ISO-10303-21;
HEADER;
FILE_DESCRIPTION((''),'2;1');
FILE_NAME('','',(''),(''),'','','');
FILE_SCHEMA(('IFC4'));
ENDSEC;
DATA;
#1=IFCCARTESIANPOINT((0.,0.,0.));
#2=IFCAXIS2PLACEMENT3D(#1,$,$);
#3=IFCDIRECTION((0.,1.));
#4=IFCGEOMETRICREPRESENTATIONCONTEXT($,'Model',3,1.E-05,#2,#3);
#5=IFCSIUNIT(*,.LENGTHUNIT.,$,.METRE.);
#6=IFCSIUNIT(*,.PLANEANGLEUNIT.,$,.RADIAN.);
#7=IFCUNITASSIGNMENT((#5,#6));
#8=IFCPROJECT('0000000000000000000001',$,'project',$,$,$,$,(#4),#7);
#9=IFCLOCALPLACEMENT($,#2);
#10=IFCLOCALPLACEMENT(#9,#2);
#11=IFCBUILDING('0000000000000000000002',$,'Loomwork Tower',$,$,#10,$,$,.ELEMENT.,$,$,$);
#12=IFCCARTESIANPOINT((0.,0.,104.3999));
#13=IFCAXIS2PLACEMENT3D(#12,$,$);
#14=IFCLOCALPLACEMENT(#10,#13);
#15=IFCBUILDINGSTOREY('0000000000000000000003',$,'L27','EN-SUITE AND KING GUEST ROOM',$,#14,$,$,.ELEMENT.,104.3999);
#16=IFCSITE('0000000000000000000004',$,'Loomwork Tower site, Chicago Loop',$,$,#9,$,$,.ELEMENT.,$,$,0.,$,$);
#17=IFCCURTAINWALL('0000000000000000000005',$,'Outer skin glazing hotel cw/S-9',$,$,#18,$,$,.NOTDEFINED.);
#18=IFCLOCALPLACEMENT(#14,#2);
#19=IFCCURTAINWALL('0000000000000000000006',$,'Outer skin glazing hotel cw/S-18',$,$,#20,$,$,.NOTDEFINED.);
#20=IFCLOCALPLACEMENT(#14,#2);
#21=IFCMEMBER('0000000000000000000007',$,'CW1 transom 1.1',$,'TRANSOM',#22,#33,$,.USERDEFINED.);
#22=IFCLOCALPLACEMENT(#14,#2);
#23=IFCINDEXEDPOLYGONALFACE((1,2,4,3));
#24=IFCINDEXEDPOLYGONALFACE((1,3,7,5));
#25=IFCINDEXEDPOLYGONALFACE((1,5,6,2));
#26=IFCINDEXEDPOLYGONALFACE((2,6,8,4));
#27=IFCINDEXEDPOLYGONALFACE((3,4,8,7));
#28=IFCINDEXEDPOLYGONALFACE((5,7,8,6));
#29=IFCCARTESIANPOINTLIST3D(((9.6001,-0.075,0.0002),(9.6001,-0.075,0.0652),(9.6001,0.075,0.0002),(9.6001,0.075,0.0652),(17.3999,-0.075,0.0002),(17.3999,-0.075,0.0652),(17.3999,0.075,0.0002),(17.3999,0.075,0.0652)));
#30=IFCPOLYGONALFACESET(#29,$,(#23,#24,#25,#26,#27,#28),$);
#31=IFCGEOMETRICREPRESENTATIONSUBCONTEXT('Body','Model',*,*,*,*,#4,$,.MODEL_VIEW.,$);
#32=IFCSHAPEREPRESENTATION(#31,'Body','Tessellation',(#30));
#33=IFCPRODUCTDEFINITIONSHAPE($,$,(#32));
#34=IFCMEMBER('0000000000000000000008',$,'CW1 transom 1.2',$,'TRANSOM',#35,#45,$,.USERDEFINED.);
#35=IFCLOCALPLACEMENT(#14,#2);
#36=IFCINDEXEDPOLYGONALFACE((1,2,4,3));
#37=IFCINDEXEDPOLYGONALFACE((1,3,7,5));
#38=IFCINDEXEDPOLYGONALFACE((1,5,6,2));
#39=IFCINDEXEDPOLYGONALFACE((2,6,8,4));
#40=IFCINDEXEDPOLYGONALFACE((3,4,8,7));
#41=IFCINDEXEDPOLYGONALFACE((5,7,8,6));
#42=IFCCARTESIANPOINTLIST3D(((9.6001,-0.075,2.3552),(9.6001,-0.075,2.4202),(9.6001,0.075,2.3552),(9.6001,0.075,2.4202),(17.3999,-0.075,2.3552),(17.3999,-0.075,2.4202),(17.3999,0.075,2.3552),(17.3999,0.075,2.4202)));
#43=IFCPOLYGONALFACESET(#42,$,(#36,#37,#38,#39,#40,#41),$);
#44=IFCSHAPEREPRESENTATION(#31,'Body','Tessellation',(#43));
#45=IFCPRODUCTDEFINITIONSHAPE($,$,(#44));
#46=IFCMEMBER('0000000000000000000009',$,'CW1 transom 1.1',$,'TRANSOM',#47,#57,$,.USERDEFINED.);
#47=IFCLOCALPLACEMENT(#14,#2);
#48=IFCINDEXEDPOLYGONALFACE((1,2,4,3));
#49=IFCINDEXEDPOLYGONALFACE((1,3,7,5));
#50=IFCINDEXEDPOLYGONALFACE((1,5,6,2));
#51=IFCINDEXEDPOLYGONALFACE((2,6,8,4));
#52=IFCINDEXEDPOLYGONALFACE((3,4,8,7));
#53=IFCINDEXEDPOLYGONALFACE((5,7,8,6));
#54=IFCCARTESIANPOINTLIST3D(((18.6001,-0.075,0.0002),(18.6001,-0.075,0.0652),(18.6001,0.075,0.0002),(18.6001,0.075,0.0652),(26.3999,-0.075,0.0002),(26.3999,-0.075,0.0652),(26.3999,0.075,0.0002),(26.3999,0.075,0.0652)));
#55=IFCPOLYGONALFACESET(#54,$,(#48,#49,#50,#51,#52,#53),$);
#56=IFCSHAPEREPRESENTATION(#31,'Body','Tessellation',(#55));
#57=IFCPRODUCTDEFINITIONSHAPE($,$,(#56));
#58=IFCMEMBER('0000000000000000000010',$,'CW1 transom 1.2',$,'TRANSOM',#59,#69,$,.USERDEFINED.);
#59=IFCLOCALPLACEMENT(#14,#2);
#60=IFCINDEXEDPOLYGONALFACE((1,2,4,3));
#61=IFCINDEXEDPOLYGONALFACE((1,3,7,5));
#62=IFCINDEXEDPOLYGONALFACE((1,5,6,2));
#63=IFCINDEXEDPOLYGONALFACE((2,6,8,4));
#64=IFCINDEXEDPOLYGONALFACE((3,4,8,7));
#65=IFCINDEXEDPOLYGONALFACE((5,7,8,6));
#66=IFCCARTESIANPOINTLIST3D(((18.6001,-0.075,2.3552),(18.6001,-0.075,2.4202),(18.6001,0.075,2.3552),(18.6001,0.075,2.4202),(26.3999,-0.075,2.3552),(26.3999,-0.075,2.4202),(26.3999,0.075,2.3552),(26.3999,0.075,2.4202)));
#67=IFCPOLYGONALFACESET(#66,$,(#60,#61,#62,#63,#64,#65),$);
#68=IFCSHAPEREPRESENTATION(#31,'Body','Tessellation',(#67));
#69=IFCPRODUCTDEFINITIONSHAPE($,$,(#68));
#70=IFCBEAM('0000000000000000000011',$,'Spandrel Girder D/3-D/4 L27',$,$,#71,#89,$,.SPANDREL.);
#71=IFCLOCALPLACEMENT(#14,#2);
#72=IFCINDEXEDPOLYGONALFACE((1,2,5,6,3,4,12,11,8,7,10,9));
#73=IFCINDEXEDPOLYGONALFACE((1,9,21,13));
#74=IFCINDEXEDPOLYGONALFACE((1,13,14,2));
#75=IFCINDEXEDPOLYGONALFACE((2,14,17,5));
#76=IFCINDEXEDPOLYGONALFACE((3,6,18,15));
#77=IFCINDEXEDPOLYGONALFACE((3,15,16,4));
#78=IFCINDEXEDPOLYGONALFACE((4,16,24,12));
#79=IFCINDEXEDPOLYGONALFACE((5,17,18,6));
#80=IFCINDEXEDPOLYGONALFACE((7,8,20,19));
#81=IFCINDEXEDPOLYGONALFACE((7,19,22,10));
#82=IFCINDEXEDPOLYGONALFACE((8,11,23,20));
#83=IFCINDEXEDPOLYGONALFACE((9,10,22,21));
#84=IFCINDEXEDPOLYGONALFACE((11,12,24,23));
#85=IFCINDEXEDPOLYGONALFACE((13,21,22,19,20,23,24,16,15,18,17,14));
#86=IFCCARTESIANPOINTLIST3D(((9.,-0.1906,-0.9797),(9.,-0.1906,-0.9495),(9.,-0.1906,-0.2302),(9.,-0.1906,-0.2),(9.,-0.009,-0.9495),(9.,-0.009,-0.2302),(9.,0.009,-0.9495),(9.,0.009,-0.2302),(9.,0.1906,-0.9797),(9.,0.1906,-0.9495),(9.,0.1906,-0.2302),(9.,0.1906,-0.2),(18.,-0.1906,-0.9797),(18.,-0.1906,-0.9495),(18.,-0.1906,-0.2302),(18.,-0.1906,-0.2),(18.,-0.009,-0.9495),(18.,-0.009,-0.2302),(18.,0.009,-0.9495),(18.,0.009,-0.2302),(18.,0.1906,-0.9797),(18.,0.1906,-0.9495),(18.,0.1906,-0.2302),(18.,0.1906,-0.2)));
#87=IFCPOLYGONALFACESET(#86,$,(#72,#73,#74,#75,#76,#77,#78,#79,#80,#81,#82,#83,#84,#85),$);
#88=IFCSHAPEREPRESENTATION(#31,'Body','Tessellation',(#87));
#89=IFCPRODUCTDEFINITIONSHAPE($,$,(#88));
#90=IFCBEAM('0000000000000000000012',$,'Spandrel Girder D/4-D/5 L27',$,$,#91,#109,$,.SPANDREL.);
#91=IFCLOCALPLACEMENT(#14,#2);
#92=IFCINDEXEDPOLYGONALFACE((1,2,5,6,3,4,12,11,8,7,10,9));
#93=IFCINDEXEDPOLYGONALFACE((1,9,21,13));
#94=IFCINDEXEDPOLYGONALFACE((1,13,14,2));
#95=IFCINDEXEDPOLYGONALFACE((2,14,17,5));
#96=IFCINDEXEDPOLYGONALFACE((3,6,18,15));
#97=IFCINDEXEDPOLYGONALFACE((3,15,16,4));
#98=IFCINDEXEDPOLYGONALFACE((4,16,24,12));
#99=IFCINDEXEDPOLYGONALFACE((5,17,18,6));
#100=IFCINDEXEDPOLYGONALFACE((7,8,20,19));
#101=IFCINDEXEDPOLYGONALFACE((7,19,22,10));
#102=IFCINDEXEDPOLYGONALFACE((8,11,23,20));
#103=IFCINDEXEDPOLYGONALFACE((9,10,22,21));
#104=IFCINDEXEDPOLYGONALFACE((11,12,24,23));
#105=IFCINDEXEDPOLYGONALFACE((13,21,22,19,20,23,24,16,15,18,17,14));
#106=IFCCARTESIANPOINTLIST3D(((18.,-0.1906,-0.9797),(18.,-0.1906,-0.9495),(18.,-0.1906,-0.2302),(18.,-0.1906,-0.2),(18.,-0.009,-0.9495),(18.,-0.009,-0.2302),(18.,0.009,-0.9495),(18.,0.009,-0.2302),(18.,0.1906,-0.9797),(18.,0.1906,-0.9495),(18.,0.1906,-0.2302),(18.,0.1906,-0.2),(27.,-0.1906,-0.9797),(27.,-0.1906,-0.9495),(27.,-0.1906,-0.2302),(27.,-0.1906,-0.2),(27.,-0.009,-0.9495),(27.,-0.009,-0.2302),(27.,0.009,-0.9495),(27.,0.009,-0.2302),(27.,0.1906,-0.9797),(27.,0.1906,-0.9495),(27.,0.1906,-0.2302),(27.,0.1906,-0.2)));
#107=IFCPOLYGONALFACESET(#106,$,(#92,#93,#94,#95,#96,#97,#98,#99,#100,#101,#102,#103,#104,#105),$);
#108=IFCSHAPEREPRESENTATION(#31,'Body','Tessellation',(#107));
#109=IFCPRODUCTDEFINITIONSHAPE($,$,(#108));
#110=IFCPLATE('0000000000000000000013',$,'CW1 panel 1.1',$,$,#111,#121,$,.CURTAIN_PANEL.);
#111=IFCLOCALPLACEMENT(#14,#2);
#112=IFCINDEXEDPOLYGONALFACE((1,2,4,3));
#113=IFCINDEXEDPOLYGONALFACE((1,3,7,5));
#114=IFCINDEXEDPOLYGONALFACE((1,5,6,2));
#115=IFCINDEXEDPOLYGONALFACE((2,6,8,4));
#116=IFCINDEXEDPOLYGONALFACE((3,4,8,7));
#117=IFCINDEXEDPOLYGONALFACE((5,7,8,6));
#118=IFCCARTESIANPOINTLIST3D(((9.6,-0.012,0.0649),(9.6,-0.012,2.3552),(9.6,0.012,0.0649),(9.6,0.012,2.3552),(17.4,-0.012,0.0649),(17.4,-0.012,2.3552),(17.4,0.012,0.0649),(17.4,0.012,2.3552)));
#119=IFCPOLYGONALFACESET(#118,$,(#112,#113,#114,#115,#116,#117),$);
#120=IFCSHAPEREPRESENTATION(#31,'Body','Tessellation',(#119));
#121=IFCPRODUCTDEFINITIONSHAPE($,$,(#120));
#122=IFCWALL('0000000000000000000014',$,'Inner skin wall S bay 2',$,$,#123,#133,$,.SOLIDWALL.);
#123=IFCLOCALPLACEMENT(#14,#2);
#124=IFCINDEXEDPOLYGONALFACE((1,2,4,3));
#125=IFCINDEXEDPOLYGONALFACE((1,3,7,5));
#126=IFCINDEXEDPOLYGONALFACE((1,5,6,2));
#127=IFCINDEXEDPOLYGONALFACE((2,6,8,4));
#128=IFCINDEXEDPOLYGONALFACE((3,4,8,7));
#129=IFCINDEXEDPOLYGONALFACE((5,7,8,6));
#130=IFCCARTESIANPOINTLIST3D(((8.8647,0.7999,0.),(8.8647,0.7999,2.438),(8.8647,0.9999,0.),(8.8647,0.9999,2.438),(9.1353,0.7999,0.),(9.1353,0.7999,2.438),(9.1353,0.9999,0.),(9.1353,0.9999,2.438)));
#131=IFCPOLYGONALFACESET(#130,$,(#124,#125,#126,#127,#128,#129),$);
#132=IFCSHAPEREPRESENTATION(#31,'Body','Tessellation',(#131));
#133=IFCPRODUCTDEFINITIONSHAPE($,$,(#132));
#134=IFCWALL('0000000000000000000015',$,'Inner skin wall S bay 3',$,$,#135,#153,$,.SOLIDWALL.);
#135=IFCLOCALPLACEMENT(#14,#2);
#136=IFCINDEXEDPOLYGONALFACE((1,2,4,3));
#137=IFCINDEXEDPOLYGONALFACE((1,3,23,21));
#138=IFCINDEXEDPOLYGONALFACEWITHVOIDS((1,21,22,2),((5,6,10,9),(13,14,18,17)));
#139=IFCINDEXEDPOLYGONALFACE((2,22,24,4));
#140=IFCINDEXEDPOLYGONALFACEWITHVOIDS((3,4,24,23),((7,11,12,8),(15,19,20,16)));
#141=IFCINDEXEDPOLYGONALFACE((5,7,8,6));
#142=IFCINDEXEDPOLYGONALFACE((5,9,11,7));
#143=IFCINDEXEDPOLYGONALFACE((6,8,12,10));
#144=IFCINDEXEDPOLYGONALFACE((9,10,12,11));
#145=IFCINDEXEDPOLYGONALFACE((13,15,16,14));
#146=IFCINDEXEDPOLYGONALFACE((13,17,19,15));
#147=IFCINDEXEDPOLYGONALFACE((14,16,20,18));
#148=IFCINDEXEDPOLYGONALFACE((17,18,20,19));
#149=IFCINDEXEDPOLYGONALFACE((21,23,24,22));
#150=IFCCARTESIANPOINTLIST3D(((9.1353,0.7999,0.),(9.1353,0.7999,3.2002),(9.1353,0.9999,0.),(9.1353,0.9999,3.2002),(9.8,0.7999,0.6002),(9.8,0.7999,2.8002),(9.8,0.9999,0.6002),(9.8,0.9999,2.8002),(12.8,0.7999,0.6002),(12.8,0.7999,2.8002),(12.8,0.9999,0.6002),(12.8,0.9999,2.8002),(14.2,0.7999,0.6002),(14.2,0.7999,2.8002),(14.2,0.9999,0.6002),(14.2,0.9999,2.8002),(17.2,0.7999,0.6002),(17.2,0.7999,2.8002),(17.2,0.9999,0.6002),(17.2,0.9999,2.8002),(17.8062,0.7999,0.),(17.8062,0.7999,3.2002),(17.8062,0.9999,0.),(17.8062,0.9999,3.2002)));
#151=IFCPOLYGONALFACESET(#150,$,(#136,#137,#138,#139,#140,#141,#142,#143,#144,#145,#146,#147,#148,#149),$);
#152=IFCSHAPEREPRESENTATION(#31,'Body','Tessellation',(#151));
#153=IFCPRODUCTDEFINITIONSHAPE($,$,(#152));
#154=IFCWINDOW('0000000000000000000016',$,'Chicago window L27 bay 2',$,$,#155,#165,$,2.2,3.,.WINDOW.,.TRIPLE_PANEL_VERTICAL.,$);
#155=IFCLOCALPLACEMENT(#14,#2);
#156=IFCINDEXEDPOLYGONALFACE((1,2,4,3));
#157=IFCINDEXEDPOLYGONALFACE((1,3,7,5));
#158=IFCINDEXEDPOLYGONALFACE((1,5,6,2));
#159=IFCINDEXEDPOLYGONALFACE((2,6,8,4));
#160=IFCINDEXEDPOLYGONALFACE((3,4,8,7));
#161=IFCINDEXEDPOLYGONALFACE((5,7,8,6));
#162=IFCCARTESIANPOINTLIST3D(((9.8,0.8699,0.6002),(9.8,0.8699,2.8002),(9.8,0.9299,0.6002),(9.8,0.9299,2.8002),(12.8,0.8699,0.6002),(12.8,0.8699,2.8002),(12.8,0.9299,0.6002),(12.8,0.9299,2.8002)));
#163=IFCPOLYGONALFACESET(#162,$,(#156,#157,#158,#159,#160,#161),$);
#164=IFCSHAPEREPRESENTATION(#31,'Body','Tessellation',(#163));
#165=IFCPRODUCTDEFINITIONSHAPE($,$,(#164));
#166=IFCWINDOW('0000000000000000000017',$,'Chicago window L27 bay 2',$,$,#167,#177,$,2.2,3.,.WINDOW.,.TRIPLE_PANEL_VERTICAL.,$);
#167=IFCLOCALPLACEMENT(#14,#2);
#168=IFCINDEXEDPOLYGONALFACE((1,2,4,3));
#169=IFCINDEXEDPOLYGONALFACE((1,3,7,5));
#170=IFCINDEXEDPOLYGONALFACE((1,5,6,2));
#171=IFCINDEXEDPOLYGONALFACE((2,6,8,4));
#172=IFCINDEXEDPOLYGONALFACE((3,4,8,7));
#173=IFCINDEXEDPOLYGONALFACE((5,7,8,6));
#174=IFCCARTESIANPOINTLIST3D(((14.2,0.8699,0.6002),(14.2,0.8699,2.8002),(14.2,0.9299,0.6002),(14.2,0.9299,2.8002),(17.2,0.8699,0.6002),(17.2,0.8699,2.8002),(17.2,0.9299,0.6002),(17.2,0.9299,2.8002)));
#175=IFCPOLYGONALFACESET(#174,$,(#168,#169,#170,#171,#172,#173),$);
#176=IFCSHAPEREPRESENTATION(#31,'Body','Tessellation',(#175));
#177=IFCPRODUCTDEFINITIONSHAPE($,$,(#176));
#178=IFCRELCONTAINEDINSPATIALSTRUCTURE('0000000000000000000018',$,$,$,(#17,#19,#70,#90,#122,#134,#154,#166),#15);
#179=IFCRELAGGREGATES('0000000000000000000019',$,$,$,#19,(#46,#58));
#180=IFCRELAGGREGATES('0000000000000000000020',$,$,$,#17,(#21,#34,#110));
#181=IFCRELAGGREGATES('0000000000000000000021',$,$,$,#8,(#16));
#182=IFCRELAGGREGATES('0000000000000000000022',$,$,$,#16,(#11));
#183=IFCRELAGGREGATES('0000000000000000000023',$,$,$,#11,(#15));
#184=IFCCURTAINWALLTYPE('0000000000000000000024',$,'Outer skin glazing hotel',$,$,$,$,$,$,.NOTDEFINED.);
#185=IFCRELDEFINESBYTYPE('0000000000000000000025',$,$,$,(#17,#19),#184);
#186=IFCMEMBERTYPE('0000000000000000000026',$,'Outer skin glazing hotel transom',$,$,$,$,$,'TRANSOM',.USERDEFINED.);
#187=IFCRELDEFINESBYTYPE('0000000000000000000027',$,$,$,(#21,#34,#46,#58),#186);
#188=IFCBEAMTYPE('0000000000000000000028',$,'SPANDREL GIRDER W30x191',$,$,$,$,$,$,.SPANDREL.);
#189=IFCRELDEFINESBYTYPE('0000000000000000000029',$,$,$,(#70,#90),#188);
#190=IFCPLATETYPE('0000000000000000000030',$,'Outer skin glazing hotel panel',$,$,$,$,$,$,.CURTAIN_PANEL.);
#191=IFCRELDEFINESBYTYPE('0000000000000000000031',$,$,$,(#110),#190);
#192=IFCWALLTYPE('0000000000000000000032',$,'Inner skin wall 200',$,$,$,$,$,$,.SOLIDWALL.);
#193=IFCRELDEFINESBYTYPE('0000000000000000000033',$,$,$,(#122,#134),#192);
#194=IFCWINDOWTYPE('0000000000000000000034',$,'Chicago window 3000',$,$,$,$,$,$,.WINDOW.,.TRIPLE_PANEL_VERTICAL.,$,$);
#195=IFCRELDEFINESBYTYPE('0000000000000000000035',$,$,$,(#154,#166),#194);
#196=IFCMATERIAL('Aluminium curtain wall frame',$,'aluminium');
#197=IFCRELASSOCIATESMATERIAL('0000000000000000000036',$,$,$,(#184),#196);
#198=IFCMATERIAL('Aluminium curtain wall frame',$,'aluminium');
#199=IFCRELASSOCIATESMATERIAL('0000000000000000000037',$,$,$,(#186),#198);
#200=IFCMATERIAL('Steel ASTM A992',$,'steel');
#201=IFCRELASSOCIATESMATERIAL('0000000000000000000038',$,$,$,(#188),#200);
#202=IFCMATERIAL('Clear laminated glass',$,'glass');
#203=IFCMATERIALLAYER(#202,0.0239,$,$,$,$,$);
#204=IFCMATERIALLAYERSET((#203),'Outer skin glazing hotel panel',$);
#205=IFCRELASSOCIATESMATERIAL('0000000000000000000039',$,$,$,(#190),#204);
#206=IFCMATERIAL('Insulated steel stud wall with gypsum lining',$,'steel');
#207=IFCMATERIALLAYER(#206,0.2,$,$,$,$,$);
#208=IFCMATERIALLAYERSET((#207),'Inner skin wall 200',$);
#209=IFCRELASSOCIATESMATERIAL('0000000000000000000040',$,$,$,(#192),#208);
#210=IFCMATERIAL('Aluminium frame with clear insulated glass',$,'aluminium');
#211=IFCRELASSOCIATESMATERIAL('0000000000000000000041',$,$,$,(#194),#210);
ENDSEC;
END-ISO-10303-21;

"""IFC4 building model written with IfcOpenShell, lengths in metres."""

from ifc_helpers import new_model, si_unit, direction, frame, frame_2d, origin, origin_2d, place, context, subcontext, project, spatial, rectangle, i_section, extrude, material, layer, layer_set, material_profile, profile_set, type_object, element, fill, aggregate, save


model = new_model("IFC4")

# Units and contexts
model_context = context("Model", 3, precision=1e-05, world=origin(), true_north=direction((0.0, 1.0)))
body_context = subcontext(model_context, "Body", "Model", "MODEL_VIEW")
ifc_project = project(units=[si_unit("LENGTHUNIT", "METRE"), si_unit("PLANEANGLEUNIT", "RADIAN")], contexts=[model_context])

# Site, building, storey
site_placement = place(None, origin())
site = spatial("IfcSite", under=ifc_project, at=site_placement, Name="Loomwork Tower site, Chicago Loop", CompositionType="ELEMENT", RefElevation=0.0)
building_placement = place(site_placement, origin())
building = spatial("IfcBuilding", under=site, at=building_placement, Name="Loomwork Tower", CompositionType="ELEMENT")
storey_placement = place(building_placement, frame((0.0, 0.0, 104.3999)))
storey = spatial("IfcBuildingStorey", under=building, at=storey_placement, Name="L27", Description="EN-SUITE AND KING GUEST ROOM", CompositionType="ELEMENT", Elevation=104.3999)

# Shared definitions
ifc_material_1 = material(Name="Aluminium curtain wall frame", Category="aluminium")
curtain_wall_type = type_object("IfcCurtainWallType", Name="Outer skin glazing hotel", PredefinedType="NOTDEFINED", material=ifc_material_1)

# Curtain wall
curtain_wall_1_placement = place(storey_placement, origin())
curtain_wall_1 = element("IfcCurtainWall", 1, at=curtain_wall_1_placement, inside=storey, type_object=curtain_wall_type, Name="Outer skin glazing hotel cw/S-9", PredefinedType="NOTDEFINED")

# Curtain wall
curtain_wall_2_placement = place(storey_placement, origin())
curtain_wall_2 = element("IfcCurtainWall", 2, at=curtain_wall_2_placement, inside=storey, type_object=curtain_wall_type, Name="Outer skin glazing hotel cw/S-18", PredefinedType="NOTDEFINED")

# Members
ifc_material_2 = material(Name="Aluminium curtain wall frame", Category="aluminium")
ifc_material_profile_1 = material_profile(ifc_material_2, rectangle(XDim=0.1499, YDim=0.0649, at=origin_2d()), Name="AL 65x150")
ifc_profile_set_1 = profile_set([ifc_material_profile_1], Name="Aluminium curtain wall frame")
member_type_1 = type_object("IfcMemberType", Name="Outer skin glazing hotel transom", ElementType="TRANSOM", PredefinedType="USERDEFINED", material=ifc_profile_set_1)
member_1_placement = place(storey_placement, frame((9.6001, 0.0, 0.0327), z_axis=(1.0, 0.0, 0.0), x_axis=(0.0, 1.0, 0.0)))
member_1 = element("IfcMember", 3, at=member_1_placement, type_object=member_type_1, Name="CW1 transom 1.1", ObjectType="TRANSOM", PredefinedType="USERDEFINED", context=body_context, shape_type="SweptSolid", body=[
    extrude(rectangle(XDim=0.1499, YDim=0.0649, at=origin_2d()), origin(), (0.0, 0.0, 1.0), 7.7998),
])
member_2_placement = place(storey_placement, frame((9.6001, 0.0, 2.3877), z_axis=(1.0, 0.0, 0.0), x_axis=(0.0, 1.0, 0.0)))
member_2 = element("IfcMember", 4, at=member_2_placement, type_object=member_type_1, Name="CW1 transom 1.2", ObjectType="TRANSOM", PredefinedType="USERDEFINED", context=body_context, shape_type="SweptSolid", body=[
    extrude(rectangle(XDim=0.1499, YDim=0.0649, at=origin_2d()), origin(), (0.0, 0.0, 1.0), 7.7998),
])
member_3_placement = place(storey_placement, frame((18.6001, 0.0, 0.0327), z_axis=(1.0, 0.0, 0.0), x_axis=(0.0, 1.0, 0.0)))
member_3 = element("IfcMember", 5, at=member_3_placement, type_object=member_type_1, Name="CW1 transom 1.1", ObjectType="TRANSOM", PredefinedType="USERDEFINED", context=body_context, shape_type="SweptSolid", body=[
    extrude(rectangle(XDim=0.1499, YDim=0.0649, at=origin_2d()), origin(), (0.0, 0.0, 1.0), 7.7998),
])
member_4_placement = place(storey_placement, frame((18.6001, 0.0, 2.3877), z_axis=(1.0, 0.0, 0.0), x_axis=(0.0, 1.0, 0.0)))
member_4 = element("IfcMember", 6, at=member_4_placement, type_object=member_type_1, Name="CW1 transom 1.2", ObjectType="TRANSOM", PredefinedType="USERDEFINED", context=body_context, shape_type="SweptSolid", body=[
    extrude(rectangle(XDim=0.1499, YDim=0.0649, at=origin_2d()), origin(), (0.0, 0.0, 1.0), 7.7998),
])
aggregate(curtain_wall_2, [member_3, member_4])

# Beams
ifc_material_3 = material(Name="Steel ASTM A992", Category="steel")
ifc_material_profile_2 = material_profile(ifc_material_3, i_section(OverallWidth=0.3811, OverallDepth=0.7798, WebThickness=0.0181, FlangeThickness=0.0303, at=origin_2d()), Name="W30x191")
ifc_profile_set_2 = profile_set([ifc_material_profile_2], Name="Steel ASTM A992")
beam_type_1 = type_object("IfcBeamType", Name="SPANDREL GIRDER W30x191", PredefinedType="SPANDREL", material=ifc_profile_set_2)
for number, where, z_axis, x_axis, name in (
    (7, (9.0, 0.0, -0.5898), (1.0, 0.0, 0.0), (0.0, 1.0, 0.0), "Spandrel Girder D/3-D/4 L27"),
    (8, (18.0, 0.0, -0.5898), (1.0, 0.0, 0.0), (0.0, 1.0, 0.0), "Spandrel Girder D/4-D/5 L27"),
):
    element("IfcBeam", number, at=place(storey_placement, frame(where, z_axis=z_axis, x_axis=x_axis)), inside=storey, type_object=beam_type_1, Name=name, PredefinedType="SPANDREL", context=body_context, shape_type="SweptSolid", body=[
        extrude(i_section(OverallWidth=0.3811, OverallDepth=0.7798, WebThickness=0.0181, FlangeThickness=0.0303, at=origin_2d()), origin(), (0.0, 0.0, 1.0), 9.0),
    ])

# Plate
ifc_material_4 = material(Name="Clear laminated glass", Category="glass")
ifc_layer_1 = layer(ifc_material_4, 0.0239)
ifc_layer_set_1 = layer_set([ifc_layer_1], Name="Outer skin glazing hotel panel")
plate_type = type_object("IfcPlateType", Name="Outer skin glazing hotel panel", PredefinedType="CURTAIN_PANEL", material=ifc_layer_set_1)
plate_placement = place(storey_placement, frame((13.5, 0.0, 0.0649), z_axis=(0.0, 0.0, 1.0), x_axis=(1.0, 0.0, 0.0)))
plate = element("IfcPlate", 9, at=plate_placement, type_object=plate_type, Name="CW1 panel 1.1", PredefinedType="CURTAIN_PANEL", context=body_context, shape_type="SweptSolid", body=[
    extrude(rectangle(XDim=7.8, YDim=0.0239, at=origin_2d()), origin(), (0.0, 0.0, 1.0), 2.2903),
])
aggregate(curtain_wall_1, [member_1, member_2, plate])

# Wall
ifc_material_5 = material(Name="Insulated steel stud wall with gypsum lining", Category="steel")
ifc_layer_2 = layer(ifc_material_5, 0.2)
ifc_layer_set_2 = layer_set([ifc_layer_2], Name="Inner skin wall 200")
wall_type = type_object("IfcWallType", Name="Inner skin wall 200", PredefinedType="SOLIDWALL", material=ifc_layer_set_2)
wall_1_placement = place(storey_placement, frame((8.8647, 0.8999, 0.0), z_axis=(0.0, 0.0, 1.0), x_axis=(1.0, 0.0, 0.0)))
element("IfcWall", 10, at=wall_1_placement, inside=storey, type_object=wall_type, Name="Inner skin wall S bay 2", PredefinedType="SOLIDWALL", context=body_context, shape_type="SweptSolid", body=[
    extrude(rectangle(XDim=0.2705, YDim=0.2, at=frame_2d((0.1353, 0.0))), origin(), (0.0, 0.0, 1.0), 2.438),
])

# Wall, openings, windows
wall_2_placement = place(storey_placement, frame((9.1353, 0.8999, 0.0), z_axis=(0.0, 0.0, 1.0), x_axis=(1.0, 0.0, 0.0)))
wall_2 = element("IfcWall", 11, at=wall_2_placement, inside=storey, type_object=wall_type, Name="Inner skin wall S bay 3", PredefinedType="SOLIDWALL", context=body_context, shape_type="SweptSolid", body=[
    extrude(rectangle(XDim=8.6709, YDim=0.2, at=frame_2d((4.3354, 0.0))), origin(), (0.0, 0.0, 1.0), 3.2002),
])
opening_1_placement = place(wall_2_placement, frame((0.6648, 0.0, 0.6001)))
opening_1 = element("IfcOpeningElement", 12, at=opening_1_placement, cuts=wall_2, PredefinedType="OPENING", context=body_context, shape_type="SweptSolid", body=[
    extrude(rectangle(XDim=3.0, YDim=2.2, at=frame_2d((1.5, 1.1001))), frame((0.0, 0.1099, 0.0), z_axis=(0.0, -1.0, 0.0), x_axis=(1.0, 0.0, 0.0)), (0.0, 0.0, 1.0), 0.22),
])
opening_2_placement = place(wall_2_placement, frame((5.0647, 0.0, 0.6001)))
opening_2 = element("IfcOpeningElement", 13, at=opening_2_placement, cuts=wall_2, PredefinedType="OPENING", context=body_context, shape_type="SweptSolid", body=[
    extrude(rectangle(XDim=3.0, YDim=2.2, at=frame_2d((1.5, 1.1001))), frame((0.0, 0.1099, 0.0), z_axis=(0.0, -1.0, 0.0), x_axis=(1.0, 0.0, 0.0)), (0.0, 0.0, 1.0), 0.22),
])
ifc_material_6 = material(Name="Aluminium frame with clear insulated glass", Category="aluminium")
window_type = type_object("IfcWindowType", Name="Chicago window 3000", PartitioningType="TRIPLE_PANEL_VERTICAL", PredefinedType="WINDOW", material=ifc_material_6)
window_1_placement = place(opening_1_placement, origin())
window_1 = element("IfcWindow", 14, at=window_1_placement, inside=storey, type_object=window_type, Name="Chicago window L27 bay 2", OverallHeight=2.2, OverallWidth=3.0, PartitioningType="TRIPLE_PANEL_VERTICAL", PredefinedType="WINDOW", context=body_context, shape_type="SweptSolid", body=[
    extrude(rectangle(XDim=3.0, YDim=2.2, at=frame_2d((1.5, 1.1001))), frame((0.0, 0.03, 0.0), z_axis=(0.0, -1.0, 0.0), x_axis=(1.0, 0.0, 0.0)), (0.0, 0.0, 1.0), 0.0601),
])
fill(opening_1, window_1)
window_2_placement = place(opening_2_placement, origin())
window_2 = element("IfcWindow", 15, at=window_2_placement, inside=storey, type_object=window_type, Name="Chicago window L27 bay 2", OverallHeight=2.2, OverallWidth=3.0, PartitioningType="TRIPLE_PANEL_VERTICAL", PredefinedType="WINDOW", context=body_context, shape_type="SweptSolid", body=[
    extrude(rectangle(XDim=3.0, YDim=2.2, at=frame_2d((1.5, 1.1001))), frame((0.0, 0.03, 0.0), z_axis=(0.0, -1.0, 0.0), x_axis=(1.0, 0.0, 0.0)), (0.0, 0.0, 1.0), 0.0601),
])
fill(opening_2, window_2)

save(model, "model.ifc")
